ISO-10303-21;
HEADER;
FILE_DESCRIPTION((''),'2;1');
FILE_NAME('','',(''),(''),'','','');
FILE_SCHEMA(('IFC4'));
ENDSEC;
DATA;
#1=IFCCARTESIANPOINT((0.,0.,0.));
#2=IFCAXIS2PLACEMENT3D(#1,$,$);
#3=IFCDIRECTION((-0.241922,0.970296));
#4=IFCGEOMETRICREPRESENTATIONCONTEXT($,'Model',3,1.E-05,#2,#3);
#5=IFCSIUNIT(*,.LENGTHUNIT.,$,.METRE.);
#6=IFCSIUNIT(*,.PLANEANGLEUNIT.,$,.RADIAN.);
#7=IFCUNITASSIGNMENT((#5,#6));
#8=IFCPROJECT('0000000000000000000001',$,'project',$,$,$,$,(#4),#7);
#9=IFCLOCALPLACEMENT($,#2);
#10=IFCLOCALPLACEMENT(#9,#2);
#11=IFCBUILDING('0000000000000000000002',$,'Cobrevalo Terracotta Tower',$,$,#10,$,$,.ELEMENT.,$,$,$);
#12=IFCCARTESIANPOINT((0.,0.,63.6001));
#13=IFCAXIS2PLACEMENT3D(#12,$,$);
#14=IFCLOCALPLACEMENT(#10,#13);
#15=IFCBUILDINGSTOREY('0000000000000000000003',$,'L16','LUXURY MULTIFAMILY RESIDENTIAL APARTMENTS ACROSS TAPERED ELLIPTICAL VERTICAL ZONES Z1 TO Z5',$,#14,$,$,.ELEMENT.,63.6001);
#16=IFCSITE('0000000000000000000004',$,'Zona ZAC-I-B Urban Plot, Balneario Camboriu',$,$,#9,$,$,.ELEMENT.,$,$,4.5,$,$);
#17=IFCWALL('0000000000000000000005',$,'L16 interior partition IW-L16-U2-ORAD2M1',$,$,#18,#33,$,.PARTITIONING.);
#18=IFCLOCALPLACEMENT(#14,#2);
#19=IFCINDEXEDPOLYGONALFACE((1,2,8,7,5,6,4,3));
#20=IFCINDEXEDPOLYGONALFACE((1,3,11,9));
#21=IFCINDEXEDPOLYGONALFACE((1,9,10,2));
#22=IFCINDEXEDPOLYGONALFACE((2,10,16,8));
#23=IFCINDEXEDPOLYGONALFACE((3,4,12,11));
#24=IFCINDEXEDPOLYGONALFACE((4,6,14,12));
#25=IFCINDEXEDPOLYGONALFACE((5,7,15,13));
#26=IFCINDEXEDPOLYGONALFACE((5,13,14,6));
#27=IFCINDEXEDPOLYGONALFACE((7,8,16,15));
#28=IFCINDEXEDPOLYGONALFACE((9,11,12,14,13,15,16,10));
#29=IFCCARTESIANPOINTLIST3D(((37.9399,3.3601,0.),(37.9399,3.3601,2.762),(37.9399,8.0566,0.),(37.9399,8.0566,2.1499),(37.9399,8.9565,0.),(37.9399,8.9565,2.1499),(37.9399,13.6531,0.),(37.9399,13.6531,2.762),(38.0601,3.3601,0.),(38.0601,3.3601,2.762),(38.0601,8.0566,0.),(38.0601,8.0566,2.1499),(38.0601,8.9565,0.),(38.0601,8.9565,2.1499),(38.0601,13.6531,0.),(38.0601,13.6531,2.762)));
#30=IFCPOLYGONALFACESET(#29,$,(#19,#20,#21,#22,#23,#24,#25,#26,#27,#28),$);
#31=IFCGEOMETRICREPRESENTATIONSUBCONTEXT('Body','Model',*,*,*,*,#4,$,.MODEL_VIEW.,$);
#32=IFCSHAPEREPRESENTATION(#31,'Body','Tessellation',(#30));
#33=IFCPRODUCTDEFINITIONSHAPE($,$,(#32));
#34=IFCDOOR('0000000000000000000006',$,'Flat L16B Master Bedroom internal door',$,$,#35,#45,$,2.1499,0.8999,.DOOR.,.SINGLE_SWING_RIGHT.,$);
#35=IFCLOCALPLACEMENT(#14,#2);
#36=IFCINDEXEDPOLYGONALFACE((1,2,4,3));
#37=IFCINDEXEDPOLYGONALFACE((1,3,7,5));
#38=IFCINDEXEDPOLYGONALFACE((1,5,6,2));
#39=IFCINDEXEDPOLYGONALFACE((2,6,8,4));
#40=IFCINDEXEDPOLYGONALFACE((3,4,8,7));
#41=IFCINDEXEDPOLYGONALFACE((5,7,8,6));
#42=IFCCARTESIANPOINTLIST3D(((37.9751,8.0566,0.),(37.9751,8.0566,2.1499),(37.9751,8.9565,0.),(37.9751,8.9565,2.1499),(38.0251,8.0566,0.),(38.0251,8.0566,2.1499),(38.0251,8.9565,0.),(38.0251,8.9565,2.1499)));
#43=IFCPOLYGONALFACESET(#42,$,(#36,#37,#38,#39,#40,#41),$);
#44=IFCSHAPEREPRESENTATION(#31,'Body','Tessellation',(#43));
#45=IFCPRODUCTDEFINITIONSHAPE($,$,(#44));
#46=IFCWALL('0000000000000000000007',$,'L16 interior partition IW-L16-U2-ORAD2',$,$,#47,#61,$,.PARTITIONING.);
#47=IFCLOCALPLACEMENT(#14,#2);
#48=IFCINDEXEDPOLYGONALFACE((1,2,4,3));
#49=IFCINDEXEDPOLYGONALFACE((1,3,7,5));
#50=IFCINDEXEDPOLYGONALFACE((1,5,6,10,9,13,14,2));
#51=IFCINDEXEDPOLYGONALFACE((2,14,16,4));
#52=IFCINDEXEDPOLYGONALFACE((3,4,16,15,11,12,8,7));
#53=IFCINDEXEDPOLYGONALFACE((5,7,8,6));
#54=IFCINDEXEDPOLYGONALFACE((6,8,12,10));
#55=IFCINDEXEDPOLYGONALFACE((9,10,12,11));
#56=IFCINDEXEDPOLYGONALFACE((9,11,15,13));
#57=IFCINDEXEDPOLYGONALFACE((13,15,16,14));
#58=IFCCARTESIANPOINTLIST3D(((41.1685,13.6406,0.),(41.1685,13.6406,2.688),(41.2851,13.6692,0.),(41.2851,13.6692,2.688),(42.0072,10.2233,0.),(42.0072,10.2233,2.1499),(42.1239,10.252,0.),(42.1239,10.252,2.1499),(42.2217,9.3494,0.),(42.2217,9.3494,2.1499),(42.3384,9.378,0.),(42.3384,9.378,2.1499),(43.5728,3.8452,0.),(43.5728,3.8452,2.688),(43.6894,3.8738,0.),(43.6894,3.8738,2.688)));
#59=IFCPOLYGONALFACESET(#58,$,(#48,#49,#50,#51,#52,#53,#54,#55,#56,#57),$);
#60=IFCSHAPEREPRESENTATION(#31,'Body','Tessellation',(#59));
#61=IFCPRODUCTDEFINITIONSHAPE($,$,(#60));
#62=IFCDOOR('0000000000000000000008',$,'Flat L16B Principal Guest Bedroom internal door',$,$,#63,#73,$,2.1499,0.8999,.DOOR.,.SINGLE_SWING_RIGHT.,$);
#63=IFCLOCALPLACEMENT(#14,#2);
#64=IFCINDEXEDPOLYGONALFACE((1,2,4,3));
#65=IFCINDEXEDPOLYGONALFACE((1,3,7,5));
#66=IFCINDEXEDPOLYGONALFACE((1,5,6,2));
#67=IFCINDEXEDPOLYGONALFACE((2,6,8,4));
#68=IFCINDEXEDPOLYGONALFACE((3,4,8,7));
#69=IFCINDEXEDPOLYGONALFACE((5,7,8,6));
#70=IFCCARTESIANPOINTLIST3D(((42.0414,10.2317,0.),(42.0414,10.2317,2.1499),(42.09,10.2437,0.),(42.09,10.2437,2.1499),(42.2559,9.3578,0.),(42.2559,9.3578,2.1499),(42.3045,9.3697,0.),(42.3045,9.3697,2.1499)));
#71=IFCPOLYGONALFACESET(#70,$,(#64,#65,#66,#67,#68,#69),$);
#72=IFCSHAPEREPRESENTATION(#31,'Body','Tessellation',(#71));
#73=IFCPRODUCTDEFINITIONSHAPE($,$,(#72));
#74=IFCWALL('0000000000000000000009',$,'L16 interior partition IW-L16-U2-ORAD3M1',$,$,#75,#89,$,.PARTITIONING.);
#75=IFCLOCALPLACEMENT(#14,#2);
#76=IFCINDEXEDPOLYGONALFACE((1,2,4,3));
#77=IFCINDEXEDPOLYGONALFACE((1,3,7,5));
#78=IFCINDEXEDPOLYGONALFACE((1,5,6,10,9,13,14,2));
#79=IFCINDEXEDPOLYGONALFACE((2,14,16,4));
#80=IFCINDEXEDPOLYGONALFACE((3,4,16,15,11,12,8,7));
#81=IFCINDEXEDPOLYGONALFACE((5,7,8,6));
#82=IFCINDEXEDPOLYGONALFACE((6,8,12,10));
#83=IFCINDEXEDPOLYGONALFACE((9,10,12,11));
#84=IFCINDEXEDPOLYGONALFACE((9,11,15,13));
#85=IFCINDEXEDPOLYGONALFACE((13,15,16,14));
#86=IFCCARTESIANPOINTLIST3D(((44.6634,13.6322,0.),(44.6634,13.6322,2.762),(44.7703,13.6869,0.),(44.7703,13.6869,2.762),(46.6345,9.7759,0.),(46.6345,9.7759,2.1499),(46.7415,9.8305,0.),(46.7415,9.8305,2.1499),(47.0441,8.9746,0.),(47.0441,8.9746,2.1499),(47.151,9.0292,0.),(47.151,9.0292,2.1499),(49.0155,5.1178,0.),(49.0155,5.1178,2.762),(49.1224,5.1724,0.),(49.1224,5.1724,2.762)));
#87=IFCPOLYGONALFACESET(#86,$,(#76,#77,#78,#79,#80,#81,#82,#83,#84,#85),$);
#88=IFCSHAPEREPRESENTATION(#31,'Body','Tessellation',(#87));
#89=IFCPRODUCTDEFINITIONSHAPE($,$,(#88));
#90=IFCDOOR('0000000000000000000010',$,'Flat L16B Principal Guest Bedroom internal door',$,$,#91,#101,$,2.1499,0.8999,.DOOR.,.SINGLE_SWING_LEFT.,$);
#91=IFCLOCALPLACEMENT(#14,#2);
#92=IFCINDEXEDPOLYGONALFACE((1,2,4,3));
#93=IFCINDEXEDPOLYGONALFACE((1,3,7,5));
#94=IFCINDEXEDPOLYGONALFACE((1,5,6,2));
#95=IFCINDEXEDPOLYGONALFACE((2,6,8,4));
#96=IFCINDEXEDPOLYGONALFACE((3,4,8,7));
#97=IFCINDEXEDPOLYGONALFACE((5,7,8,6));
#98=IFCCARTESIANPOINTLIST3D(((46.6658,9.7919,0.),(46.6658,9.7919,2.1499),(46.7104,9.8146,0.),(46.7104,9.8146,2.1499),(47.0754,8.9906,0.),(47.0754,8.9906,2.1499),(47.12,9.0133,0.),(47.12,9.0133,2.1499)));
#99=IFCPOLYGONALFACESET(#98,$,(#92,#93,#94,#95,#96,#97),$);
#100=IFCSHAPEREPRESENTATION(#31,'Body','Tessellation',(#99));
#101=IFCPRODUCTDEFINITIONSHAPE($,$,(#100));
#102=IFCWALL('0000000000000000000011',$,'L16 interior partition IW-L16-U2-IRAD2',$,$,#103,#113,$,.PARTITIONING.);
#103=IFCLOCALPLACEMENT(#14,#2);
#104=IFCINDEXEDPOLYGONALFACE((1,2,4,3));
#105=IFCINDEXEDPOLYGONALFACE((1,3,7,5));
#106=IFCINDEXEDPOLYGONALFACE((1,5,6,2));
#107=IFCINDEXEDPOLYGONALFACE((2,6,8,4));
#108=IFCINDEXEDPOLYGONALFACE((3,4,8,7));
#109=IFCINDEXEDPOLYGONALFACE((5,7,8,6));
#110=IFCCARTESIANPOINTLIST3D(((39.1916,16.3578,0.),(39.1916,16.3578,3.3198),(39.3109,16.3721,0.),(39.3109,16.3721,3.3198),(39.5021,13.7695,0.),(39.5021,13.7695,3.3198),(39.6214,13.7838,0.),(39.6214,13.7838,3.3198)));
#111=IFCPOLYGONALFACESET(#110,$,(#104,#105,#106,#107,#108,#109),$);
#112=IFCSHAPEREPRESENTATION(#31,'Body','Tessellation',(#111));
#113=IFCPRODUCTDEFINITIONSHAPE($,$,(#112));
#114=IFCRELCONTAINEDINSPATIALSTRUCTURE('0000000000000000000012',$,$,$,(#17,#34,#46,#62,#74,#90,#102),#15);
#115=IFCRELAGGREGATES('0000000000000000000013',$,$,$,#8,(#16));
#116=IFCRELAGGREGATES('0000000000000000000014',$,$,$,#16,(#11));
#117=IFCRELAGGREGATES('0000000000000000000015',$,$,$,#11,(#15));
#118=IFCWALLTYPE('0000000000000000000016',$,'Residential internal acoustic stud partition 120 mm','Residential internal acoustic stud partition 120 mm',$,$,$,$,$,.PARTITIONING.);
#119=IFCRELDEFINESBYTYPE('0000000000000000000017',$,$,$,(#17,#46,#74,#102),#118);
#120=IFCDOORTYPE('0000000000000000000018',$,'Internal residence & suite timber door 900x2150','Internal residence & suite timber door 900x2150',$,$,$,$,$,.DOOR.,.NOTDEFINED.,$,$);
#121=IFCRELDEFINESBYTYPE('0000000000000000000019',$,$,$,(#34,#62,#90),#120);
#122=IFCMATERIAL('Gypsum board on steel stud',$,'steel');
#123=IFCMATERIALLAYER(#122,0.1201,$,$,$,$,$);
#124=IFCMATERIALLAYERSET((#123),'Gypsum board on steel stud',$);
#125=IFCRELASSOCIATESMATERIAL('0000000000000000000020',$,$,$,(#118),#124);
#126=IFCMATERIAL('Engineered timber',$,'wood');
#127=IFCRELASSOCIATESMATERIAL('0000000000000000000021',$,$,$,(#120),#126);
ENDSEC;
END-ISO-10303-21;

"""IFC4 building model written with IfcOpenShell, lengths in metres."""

from ifc_helpers import new_model, si_unit, direction, frame, frame_2d, origin, place, context, subcontext, project, spatial, rectangle, extrude, source, transform, mapped, material, layer, layer_set, type_object, element, fill, save


model = new_model("IFC4")

# Units and contexts
model_context = context("Model", 3, precision=1e-05, world=origin(), true_north=direction((-0.241922, 0.970296)))
body_context = subcontext(model_context, "Body", "Model", "MODEL_VIEW")
ifc_project = project(units=[si_unit("LENGTHUNIT", "METRE"), si_unit("PLANEANGLEUNIT", "RADIAN")], contexts=[model_context])

# Site, building, storey
site_placement = place(None, origin())
site = spatial("IfcSite", under=ifc_project, at=site_placement, Name="Zona ZAC-I-B Urban Plot, Balneario Camboriu", CompositionType="ELEMENT", RefElevation=4.5)
building_placement = place(site_placement, origin())
building = spatial("IfcBuilding", under=site, at=building_placement, Name="Cobrevalo Terracotta Tower", CompositionType="ELEMENT")
storey_placement = place(building_placement, frame((0.0, 0.0, 63.6001)))
storey = spatial("IfcBuildingStorey", under=building, at=storey_placement, Name="L16", Description="LUXURY MULTIFAMILY RESIDENTIAL APARTMENTS ACROSS TAPERED ELLIPTICAL VERTICAL ZONES Z1 TO Z5", CompositionType="ELEMENT", Elevation=63.6001)

# Walls, openings, doors
ifc_material_1 = material(Name="Gypsum board on steel stud", Category="steel")
ifc_layer_1 = layer(ifc_material_1, 0.1201)
ifc_layer_set_1 = layer_set([ifc_layer_1], Name="Gypsum board on steel stud")
wall_type = type_object("IfcWallType", Name="Residential internal acoustic stud partition 120 mm", Description="Residential internal acoustic stud partition 120 mm", PredefinedType="PARTITIONING", material=ifc_layer_set_1)
wall_1_placement = place(storey_placement, frame((38.0, 13.6531, 0.0), z_axis=(0.0, 0.0, 1.0), x_axis=(0.0, -1.0, 0.0)))
wall_1 = element("IfcWall", 1, at=wall_1_placement, inside=storey, type_object=wall_type, Name="L16 interior partition IW-L16-U2-ORAD2M1", PredefinedType="PARTITIONING", context=body_context, shape_type="SweptSolid", body=[
    extrude(rectangle(XDim=10.293, YDim=0.1201, at=frame_2d((5.1465, 0.0))), origin(), (0.0, 0.0, 1.0), 2.762),
])
opening_1_placement = place(wall_1_placement, frame((4.6965, 0.0, 0.0)))
opening_1 = element("IfcOpeningElement", 2, at=opening_1_placement, cuts=wall_1, PredefinedType="OPENING", context=body_context, shape_type="SweptSolid", body=[
    extrude(rectangle(XDim=0.8999, YDim=2.1499, at=frame_2d((0.45, 1.075))), frame((0.0, 0.0701, 0.0), z_axis=(0.0, -1.0, 0.0), x_axis=(1.0, 0.0, 0.0)), (0.0, 0.0, 1.0), 0.1401),
])
ifc_material_2 = material(Name="Engineered timber", Category="wood")
door_type_1 = type_object("IfcDoorType", Name="Internal residence & suite timber door 900x2150", Description="Internal residence & suite timber door 900x2150", OperationType="NOTDEFINED", PredefinedType="DOOR", material=ifc_material_2)
shared_shape_1 = source(origin(), body_context, "Body", "SweptSolid", [
    extrude(rectangle(XDim=0.8999, YDim=2.1499, at=frame_2d((0.45, 1.075))), frame((0.0, 0.0249, 0.0), z_axis=(0.0, -1.0, 0.0), x_axis=(1.0, 0.0, 0.0)), (0.0, 0.0, 1.0), 0.05),
])
door_1_placement = place(opening_1_placement, frame((0.8999, 0.0, 0.0), z_axis=(0.0, 0.0, 1.0), x_axis=(-1.0, 0.0, 0.0)))
door_1 = element("IfcDoor", 3, at=door_1_placement, inside=storey, type_object=door_type_1, Name="Flat L16B Master Bedroom internal door", OperationType="SINGLE_SWING_RIGHT", OverallHeight=2.1499, OverallWidth=0.8999, PredefinedType="DOOR", context=body_context, shape_type="MappedRepresentation", body=[
    mapped(shared_shape_1, transform((0.0, 0.0, 0.0), scale=1.0)),
])
fill(opening_1, door_1)
wall_2_placement = place(storey_placement, frame((41.2268, 13.6548, 0.0), z_axis=(0.0, 0.0, 1.0), x_axis=(0.238376, -0.971173, 0.0)))
wall_2 = element("IfcWall", 4, at=wall_2_placement, inside=storey, type_object=wall_type, Name="L16 interior partition IW-L16-U2-ORAD2", PredefinedType="PARTITIONING", context=body_context, shape_type="SweptSolid", body=[
    extrude(rectangle(XDim=10.0862, YDim=0.1201, at=frame_2d((5.043, 0.0))), origin(), (0.0, 0.0, 1.0), 2.688),
])
opening_2_placement = place(wall_2_placement, frame((3.5186, 0.0, 0.0)))
opening_2 = element("IfcOpeningElement", 5, at=opening_2_placement, cuts=wall_2, PredefinedType="OPENING", context=body_context, shape_type="SweptSolid", body=[
    extrude(rectangle(XDim=0.8999, YDim=2.1499, at=frame_2d((0.45, 1.075))), frame((0.0, 0.0701, 0.0), z_axis=(0.0, -1.0, 0.0), x_axis=(1.0, 0.0, 0.0)), (0.0, 0.0, 1.0), 0.1401),
])
door_2_placement = place(opening_2_placement, frame((0.8999, 0.0, 0.0), z_axis=(0.0, 0.0, 1.0), x_axis=(-1.0, 0.0, 0.0)))
door_2 = element("IfcDoor", 6, at=door_2_placement, inside=storey, type_object=door_type_1, Name="Flat L16B Principal Guest Bedroom internal door", OperationType="SINGLE_SWING_RIGHT", OverallHeight=2.1499, OverallWidth=0.8999, PredefinedType="DOOR", context=body_context, shape_type="MappedRepresentation", body=[
    mapped(shared_shape_1, transform((0.0, 0.0, 0.0), scale=1.0)),
])
fill(opening_2, door_2)
wall_3_placement = place(storey_placement, frame((44.7168, 13.6597, 0.0), z_axis=(0.0, 0.0, 1.0), x_axis=(0.455131, -0.890424, 0.0)))
wall_3 = element("IfcWall", 7, at=wall_3_placement, inside=storey, type_object=wall_type, Name="L16 interior partition IW-L16-U2-ORAD3M1", PredefinedType="PARTITIONING", context=body_context, shape_type="SweptSolid", body=[
    extrude(rectangle(XDim=9.5623, YDim=0.1201, at=frame_2d((4.7812, 0.0))), origin(), (0.0, 0.0, 1.0), 2.762),
])
opening_3_placement = place(wall_3_placement, frame((4.3311, 0.0, 0.0)))
opening_3 = element("IfcOpeningElement", 8, at=opening_3_placement, cuts=wall_3, PredefinedType="OPENING", context=body_context, shape_type="SweptSolid", body=[
    extrude(rectangle(XDim=0.8999, YDim=2.1499, at=frame_2d((0.45, 1.075))), frame((0.0, 0.0701, 0.0), z_axis=(0.0, -1.0, 0.0), x_axis=(1.0, 0.0, 0.0)), (0.0, 0.0, 1.0), 0.1401),
])
door_3_placement = place(opening_3_placement, frame((0.8999, 0.0, 0.0), z_axis=(0.0, 0.0, 1.0), x_axis=(-1.0, 0.0, 0.0)))
door_3 = element("IfcDoor", 9, at=door_3_placement, inside=storey, type_object=door_type_1, Name="Flat L16B Principal Guest Bedroom internal door", OperationType="SINGLE_SWING_LEFT", OverallHeight=2.1499, OverallWidth=0.8999, PredefinedType="DOOR", context=body_context, shape_type="MappedRepresentation", body=[
    mapped(shared_shape_1, transform((0.0, 0.0, 0.0), scale=1.0)),
])
fill(opening_3, door_3)

# Wall
wall_4_placement = place(storey_placement, frame((39.2512, 16.365, 0.0), z_axis=(0.0, 0.0, 1.0), x_axis=(0.119123, -0.992879, 0.0)))
element("IfcWall", 10, at=wall_4_placement, inside=storey, type_object=wall_type, Name="L16 interior partition IW-L16-U2-IRAD2", PredefinedType="PARTITIONING", context=body_context, shape_type="SweptSolid", body=[
    extrude(rectangle(XDim=2.6069, YDim=0.1201, at=frame_2d((1.3035, 0.0))), origin(), (0.0, 0.0, 1.0), 3.3198),
])

save(model, "model.ifc")
